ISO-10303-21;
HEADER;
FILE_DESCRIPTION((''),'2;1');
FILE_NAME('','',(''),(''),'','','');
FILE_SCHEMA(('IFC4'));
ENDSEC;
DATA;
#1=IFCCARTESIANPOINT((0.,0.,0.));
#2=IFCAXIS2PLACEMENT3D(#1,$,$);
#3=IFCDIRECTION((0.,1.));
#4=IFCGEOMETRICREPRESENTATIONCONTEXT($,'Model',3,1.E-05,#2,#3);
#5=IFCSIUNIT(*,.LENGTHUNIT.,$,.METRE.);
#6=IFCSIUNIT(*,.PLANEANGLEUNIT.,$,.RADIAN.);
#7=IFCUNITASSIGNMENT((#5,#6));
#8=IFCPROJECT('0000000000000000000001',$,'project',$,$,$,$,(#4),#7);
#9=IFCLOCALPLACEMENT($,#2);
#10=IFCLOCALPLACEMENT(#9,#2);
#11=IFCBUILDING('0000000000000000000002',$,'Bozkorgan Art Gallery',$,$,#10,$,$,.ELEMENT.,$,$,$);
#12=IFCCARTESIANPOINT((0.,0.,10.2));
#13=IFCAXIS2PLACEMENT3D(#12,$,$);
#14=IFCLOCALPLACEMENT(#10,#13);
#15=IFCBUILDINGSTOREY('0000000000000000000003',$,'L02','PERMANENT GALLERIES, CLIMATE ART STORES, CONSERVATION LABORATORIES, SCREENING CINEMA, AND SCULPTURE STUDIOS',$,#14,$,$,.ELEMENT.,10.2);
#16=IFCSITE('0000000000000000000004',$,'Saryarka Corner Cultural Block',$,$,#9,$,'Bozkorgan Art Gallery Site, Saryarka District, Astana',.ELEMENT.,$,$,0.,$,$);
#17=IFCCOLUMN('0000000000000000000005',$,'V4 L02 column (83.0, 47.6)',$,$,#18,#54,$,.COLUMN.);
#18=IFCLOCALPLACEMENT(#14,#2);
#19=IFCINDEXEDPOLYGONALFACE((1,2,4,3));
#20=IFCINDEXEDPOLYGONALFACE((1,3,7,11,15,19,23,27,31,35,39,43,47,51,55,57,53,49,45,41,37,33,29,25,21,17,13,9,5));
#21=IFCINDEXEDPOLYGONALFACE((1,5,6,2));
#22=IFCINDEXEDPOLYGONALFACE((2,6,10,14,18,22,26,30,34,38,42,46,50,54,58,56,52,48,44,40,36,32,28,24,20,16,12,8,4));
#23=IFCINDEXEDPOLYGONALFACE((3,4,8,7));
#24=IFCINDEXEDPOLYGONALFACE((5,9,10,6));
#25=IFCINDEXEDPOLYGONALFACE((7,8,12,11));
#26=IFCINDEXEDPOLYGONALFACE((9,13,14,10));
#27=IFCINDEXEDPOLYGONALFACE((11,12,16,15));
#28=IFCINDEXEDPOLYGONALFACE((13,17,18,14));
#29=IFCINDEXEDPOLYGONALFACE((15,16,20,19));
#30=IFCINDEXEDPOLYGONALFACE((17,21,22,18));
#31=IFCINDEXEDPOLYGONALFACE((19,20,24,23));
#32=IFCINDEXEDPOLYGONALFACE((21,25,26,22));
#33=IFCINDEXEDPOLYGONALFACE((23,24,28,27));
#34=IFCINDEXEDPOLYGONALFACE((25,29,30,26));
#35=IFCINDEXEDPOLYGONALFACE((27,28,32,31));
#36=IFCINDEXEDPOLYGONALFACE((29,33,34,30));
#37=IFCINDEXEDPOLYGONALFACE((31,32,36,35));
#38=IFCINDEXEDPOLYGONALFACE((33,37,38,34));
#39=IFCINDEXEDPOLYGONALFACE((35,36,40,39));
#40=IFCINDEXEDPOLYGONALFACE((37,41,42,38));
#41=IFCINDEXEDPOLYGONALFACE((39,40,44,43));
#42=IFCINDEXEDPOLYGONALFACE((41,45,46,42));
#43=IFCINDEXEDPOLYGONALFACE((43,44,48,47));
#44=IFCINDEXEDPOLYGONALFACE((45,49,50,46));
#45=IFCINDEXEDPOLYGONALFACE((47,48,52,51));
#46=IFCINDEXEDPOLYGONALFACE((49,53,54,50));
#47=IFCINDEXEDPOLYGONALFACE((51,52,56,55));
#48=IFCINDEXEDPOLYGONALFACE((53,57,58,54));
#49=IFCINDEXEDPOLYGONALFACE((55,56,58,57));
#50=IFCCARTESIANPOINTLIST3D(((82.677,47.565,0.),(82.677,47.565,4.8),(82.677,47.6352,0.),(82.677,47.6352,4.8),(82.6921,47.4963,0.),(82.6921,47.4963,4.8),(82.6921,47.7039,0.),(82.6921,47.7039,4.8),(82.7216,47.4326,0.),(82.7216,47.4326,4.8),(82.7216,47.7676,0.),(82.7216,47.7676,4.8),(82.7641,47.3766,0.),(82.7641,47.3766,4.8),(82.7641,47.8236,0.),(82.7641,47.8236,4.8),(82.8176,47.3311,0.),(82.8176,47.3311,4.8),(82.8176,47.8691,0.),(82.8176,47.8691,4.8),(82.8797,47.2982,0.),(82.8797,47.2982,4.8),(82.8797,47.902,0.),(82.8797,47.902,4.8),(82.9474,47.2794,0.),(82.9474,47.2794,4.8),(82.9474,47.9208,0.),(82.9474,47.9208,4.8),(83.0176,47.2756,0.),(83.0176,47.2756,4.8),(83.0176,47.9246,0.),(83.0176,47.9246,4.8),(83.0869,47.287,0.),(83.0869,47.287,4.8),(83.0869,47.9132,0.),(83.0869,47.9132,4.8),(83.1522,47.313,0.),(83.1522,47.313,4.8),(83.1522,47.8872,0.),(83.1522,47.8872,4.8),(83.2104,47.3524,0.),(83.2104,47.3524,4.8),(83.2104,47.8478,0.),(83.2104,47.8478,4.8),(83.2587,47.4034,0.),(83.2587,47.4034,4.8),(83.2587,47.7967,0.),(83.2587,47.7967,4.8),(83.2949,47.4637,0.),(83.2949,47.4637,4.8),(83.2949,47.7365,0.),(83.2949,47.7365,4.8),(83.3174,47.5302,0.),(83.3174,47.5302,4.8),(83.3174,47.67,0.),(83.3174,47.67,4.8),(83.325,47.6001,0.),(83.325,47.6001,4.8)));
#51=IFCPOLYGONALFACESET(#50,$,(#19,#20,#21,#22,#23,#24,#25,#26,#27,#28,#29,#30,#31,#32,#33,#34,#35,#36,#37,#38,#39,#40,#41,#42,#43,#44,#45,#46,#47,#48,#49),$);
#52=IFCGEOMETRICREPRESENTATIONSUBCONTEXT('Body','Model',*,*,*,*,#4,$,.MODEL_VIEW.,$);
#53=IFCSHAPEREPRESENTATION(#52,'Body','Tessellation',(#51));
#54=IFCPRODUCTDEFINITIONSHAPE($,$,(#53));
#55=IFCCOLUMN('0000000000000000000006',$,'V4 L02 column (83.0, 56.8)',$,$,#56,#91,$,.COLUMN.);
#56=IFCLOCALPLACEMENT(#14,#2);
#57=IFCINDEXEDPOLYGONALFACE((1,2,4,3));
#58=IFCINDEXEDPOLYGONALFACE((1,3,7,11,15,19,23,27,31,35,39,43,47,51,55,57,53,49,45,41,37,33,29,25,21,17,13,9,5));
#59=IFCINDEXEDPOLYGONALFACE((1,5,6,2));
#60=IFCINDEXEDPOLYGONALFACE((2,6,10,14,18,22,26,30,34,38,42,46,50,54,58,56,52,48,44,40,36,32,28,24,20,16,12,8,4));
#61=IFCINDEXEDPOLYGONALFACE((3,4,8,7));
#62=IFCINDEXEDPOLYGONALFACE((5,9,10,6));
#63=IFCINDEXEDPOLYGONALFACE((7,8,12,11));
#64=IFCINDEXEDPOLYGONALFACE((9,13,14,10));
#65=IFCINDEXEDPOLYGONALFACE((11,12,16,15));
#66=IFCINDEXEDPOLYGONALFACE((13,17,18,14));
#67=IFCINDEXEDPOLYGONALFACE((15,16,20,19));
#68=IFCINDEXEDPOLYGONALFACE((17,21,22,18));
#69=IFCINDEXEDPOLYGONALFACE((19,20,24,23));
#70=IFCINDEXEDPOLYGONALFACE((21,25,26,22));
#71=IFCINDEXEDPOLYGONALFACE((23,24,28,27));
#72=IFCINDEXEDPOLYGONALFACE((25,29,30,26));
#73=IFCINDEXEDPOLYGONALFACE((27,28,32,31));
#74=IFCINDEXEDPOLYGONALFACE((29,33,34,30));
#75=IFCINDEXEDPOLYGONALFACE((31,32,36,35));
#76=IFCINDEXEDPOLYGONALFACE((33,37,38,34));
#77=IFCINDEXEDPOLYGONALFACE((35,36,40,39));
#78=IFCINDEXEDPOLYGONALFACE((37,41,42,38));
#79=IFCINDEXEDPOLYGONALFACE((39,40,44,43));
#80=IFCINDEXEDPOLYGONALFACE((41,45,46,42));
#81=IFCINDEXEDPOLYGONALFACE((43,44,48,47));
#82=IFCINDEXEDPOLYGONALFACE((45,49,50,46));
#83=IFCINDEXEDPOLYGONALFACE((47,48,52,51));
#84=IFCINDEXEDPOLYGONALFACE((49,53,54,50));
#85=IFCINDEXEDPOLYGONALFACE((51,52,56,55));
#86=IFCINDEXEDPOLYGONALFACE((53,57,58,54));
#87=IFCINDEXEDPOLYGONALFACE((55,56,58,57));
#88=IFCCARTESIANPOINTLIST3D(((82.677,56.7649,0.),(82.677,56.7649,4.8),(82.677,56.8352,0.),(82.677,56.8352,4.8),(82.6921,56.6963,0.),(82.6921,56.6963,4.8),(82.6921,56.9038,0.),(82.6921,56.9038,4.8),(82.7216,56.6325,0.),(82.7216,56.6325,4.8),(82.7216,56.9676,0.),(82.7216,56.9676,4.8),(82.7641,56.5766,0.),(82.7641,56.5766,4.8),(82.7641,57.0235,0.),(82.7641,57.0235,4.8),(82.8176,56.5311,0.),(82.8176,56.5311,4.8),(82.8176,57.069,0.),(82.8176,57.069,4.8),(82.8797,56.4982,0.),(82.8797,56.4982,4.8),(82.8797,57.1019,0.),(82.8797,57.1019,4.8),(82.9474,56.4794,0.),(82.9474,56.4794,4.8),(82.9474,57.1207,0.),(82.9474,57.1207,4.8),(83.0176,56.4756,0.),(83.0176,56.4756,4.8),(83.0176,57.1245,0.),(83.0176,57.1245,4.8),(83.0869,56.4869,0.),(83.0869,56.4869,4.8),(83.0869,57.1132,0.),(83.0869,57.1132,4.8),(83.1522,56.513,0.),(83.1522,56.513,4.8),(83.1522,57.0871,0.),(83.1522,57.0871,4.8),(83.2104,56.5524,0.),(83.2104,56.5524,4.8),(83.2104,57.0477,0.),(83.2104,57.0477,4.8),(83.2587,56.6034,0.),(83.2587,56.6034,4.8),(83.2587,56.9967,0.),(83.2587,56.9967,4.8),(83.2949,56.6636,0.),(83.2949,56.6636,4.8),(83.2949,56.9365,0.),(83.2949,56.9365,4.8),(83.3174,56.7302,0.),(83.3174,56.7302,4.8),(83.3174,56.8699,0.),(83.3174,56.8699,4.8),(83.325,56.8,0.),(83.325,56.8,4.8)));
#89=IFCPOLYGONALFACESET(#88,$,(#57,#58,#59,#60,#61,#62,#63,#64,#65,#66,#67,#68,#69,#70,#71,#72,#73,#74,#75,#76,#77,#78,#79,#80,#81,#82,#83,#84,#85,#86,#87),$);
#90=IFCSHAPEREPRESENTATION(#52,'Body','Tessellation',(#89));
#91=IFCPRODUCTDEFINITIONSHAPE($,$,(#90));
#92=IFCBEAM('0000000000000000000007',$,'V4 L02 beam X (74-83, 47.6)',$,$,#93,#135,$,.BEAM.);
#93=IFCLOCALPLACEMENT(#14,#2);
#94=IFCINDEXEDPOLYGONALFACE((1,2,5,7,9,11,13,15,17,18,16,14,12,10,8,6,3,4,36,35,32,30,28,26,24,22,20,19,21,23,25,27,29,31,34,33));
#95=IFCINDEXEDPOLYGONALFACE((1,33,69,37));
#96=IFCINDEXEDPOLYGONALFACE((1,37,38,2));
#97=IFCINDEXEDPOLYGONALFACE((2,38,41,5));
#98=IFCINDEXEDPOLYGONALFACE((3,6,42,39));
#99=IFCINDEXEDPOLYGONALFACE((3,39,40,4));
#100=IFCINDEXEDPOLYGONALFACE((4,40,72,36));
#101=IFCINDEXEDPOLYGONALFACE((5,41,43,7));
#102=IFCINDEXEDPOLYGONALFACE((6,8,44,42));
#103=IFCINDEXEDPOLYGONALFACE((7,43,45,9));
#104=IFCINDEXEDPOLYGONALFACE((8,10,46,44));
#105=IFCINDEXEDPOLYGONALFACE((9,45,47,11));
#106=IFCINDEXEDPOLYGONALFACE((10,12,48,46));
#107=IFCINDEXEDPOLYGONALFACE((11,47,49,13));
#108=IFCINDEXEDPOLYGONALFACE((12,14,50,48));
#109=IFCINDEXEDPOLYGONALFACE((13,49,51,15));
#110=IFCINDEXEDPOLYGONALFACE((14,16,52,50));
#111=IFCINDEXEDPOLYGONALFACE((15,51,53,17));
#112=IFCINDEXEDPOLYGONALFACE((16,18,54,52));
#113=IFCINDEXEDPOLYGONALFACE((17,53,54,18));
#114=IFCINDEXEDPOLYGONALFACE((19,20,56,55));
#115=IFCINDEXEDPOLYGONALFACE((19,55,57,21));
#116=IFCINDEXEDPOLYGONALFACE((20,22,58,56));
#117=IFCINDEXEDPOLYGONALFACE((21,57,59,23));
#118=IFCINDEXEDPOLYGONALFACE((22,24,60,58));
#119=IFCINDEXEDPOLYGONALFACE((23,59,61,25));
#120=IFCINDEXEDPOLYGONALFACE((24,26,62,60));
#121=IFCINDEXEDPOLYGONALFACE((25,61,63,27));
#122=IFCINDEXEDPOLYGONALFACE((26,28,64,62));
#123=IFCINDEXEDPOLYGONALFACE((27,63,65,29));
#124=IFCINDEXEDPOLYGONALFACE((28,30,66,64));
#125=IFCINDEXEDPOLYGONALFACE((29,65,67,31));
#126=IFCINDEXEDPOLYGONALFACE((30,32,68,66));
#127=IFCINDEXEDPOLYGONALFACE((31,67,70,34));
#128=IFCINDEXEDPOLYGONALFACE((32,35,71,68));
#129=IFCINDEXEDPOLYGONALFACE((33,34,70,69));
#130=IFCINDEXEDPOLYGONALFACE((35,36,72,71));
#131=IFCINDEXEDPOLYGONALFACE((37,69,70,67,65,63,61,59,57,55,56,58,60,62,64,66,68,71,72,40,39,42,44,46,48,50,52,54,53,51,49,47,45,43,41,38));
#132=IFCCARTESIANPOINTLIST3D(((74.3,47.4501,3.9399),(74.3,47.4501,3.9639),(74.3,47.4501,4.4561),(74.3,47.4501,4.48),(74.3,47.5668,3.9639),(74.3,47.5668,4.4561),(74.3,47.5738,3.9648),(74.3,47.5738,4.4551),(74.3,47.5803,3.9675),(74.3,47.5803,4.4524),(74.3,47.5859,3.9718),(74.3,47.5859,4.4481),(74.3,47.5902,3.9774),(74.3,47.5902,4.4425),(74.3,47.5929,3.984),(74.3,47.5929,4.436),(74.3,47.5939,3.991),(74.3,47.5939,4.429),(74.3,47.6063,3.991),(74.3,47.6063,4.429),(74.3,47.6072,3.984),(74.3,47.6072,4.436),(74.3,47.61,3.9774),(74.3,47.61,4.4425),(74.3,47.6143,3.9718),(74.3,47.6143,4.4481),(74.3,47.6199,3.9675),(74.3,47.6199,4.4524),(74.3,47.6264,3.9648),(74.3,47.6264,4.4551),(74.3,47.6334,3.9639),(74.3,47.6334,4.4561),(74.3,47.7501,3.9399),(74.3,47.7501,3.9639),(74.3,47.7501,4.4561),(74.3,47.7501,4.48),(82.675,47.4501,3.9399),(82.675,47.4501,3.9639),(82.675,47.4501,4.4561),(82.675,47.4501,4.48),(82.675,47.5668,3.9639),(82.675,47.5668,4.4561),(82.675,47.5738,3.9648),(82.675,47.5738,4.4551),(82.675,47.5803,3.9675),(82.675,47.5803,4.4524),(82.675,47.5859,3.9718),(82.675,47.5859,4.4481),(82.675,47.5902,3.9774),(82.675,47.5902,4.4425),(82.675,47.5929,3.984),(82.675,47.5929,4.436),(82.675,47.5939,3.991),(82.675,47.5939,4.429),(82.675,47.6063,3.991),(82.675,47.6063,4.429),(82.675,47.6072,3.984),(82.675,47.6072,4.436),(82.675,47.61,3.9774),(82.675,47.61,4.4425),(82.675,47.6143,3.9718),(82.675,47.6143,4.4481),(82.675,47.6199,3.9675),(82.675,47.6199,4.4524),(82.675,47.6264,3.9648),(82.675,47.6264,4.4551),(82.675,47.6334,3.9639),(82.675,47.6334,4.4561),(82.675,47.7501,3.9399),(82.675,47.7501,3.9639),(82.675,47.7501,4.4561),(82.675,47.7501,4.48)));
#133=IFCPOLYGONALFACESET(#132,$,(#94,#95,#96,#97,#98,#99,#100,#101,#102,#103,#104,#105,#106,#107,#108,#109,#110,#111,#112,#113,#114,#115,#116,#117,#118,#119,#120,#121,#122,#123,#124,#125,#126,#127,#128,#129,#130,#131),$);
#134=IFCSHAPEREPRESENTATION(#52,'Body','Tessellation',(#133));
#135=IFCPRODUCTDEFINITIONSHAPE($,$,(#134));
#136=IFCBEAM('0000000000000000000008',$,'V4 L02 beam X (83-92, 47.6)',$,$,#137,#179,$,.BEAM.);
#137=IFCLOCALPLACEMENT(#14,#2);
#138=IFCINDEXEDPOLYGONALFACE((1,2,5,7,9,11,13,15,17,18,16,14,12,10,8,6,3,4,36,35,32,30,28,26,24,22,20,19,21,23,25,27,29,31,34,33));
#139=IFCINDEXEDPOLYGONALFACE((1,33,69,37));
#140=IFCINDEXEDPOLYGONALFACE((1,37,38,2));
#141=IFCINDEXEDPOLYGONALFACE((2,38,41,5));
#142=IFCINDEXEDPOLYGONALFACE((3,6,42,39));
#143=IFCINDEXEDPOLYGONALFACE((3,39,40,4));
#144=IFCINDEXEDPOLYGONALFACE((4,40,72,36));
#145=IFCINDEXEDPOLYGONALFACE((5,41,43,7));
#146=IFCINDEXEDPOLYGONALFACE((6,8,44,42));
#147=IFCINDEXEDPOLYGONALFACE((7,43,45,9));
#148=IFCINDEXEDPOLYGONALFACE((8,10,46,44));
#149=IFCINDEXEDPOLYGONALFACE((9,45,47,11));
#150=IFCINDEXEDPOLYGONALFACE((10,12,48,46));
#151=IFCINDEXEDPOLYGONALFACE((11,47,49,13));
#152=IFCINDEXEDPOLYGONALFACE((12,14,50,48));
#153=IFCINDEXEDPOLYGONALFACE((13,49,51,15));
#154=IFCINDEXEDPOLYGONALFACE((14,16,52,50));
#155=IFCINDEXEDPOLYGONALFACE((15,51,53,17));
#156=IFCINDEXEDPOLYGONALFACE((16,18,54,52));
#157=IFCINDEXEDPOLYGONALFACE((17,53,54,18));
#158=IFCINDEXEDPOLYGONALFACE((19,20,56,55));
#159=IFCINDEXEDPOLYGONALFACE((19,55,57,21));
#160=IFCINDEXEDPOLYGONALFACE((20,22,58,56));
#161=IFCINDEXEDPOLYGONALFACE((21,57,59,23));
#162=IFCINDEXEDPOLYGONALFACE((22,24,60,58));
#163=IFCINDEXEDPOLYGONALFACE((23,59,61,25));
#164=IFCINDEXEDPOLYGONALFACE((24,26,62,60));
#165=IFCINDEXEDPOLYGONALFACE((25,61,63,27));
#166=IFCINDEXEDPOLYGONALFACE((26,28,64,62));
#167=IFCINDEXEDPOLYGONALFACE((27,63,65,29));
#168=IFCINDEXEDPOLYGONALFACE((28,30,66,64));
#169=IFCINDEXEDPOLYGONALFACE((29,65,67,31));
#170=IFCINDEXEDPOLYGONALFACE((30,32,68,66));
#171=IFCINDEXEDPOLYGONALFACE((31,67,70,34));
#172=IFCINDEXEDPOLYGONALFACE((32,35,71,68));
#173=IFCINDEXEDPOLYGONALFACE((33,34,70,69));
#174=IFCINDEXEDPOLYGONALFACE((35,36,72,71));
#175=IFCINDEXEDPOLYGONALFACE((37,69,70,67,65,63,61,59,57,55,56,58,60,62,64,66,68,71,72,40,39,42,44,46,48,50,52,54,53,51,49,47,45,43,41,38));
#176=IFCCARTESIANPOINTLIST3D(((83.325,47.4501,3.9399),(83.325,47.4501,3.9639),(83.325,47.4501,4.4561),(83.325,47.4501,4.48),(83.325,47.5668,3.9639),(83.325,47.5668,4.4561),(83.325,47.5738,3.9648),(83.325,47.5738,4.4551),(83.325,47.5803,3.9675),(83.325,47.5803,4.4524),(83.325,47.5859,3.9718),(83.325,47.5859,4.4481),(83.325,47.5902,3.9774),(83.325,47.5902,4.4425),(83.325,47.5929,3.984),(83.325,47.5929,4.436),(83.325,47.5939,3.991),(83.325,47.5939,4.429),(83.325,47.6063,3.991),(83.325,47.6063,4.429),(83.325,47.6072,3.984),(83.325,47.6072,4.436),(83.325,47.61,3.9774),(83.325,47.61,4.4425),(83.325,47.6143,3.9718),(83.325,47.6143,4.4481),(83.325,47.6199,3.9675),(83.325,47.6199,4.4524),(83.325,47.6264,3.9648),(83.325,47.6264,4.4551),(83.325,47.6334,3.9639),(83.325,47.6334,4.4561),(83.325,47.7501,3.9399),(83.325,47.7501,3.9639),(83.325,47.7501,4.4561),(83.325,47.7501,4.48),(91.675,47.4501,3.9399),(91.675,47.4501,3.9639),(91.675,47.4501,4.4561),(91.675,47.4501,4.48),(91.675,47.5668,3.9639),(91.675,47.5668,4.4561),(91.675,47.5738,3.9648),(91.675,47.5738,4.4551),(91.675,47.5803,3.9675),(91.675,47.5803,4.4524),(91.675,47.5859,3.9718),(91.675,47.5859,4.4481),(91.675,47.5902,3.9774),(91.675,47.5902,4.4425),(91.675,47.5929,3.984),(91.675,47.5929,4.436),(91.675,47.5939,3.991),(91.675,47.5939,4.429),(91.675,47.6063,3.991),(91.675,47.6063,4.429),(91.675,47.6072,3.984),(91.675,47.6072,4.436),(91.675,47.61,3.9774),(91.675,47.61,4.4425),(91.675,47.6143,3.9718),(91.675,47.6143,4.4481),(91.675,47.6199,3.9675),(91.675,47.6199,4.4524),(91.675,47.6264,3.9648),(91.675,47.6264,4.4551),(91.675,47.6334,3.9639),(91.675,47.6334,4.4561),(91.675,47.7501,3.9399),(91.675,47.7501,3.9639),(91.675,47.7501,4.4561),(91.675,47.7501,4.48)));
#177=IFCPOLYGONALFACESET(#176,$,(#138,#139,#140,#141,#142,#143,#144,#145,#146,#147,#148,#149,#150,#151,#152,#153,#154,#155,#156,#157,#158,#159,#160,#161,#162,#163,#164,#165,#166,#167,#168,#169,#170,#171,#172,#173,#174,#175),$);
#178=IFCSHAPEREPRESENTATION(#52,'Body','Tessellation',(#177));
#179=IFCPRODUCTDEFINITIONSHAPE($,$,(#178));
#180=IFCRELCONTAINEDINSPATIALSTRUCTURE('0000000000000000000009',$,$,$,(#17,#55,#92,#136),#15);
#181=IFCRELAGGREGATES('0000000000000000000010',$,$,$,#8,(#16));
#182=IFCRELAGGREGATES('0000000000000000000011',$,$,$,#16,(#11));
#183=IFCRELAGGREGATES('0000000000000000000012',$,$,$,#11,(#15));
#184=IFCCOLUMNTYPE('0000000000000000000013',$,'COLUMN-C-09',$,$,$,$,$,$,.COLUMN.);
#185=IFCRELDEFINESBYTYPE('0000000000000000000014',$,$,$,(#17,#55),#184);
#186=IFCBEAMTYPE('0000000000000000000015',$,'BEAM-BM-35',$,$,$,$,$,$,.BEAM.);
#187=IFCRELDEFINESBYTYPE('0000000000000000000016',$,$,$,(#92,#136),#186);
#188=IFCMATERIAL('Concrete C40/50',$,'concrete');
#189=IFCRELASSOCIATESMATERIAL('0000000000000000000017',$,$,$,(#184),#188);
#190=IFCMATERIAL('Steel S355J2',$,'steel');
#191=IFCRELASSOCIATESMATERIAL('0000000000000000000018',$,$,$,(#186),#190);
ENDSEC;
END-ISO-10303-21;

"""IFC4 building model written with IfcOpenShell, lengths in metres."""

from ifc_helpers import new_model, si_unit, direction, frame, origin, origin_2d, place, context, subcontext, project, spatial, circle, i_section, extrude, material, material_profile, profile_set, type_object, element, save


model = new_model("IFC4")

# Units and contexts
model_context = context("Model", 3, precision=1e-05, world=origin(), true_north=direction((0.0, 1.0)))
body_context = subcontext(model_context, "Body", "Model", "MODEL_VIEW")
ifc_project = project(units=[si_unit("LENGTHUNIT", "METRE"), si_unit("PLANEANGLEUNIT", "RADIAN")], contexts=[model_context])

# Site, building, storey
site_placement = place(None, origin())
site = spatial("IfcSite", under=ifc_project, at=site_placement, Name="Saryarka Corner Cultural Block", LongName="Bozkorgan Art Gallery Site, Saryarka District, Astana", CompositionType="ELEMENT", RefElevation=0.0)
building_placement = place(site_placement, origin())
building = spatial("IfcBuilding", under=site, at=building_placement, Name="Bozkorgan Art Gallery", CompositionType="ELEMENT")
storey_placement = place(building_placement, frame((0.0, 0.0, 10.2)))
storey = spatial("IfcBuildingStorey", under=building, at=storey_placement, Name="L02", Description="PERMANENT GALLERIES, CLIMATE ART STORES, CONSERVATION LABORATORIES, SCREENING CINEMA, AND SCULPTURE STUDIOS", CompositionType="ELEMENT", Elevation=10.2)

# Columns
ifc_material_1 = material(Name="Concrete C40/50", Category="concrete")
ifc_material_profile_1 = material_profile(ifc_material_1, circle(Radius=0.325, at=origin_2d()), Name="RC D650")
ifc_profile_set_1 = profile_set([ifc_material_profile_1], Name="Concrete C40/50")
column_type = type_object("IfcColumnType", Name="COLUMN-C-09", PredefinedType="COLUMN", material=ifc_profile_set_1)
for number, where, z_axis, x_axis, name in (
    (1, (83.0, 47.6001, 0.0), (0.0, 0.0, 1.0), (1.0, 0.0, 0.0), "V4 L02 column (83.0, 47.6)"),
    (2, (83.0, 56.8, 0.0), (0.0, 0.0, 1.0), (1.0, 0.0, 0.0), "V4 L02 column (83.0, 56.8)"),
):
    element("IfcColumn", number, at=place(storey_placement, frame(where, z_axis=z_axis, x_axis=x_axis)), inside=storey, type_object=column_type, Name=name, PredefinedType="COLUMN", context=body_context, shape_type="SweptSolid", body=[
        extrude(circle(Radius=0.325, at=origin_2d()), origin(), (0.0, 0.0, 1.0), 4.8),
    ])

# Beams
ifc_material_2 = material(Name="Steel S355J2", Category="steel")
ifc_material_profile_2 = material_profile(ifc_material_2, i_section(OverallWidth=0.3, OverallDepth=0.54, WebThickness=0.0125, FlangeThickness=0.0239, FilletRadius=0.0271, at=origin_2d()), Name="HEA 550")
ifc_profile_set_2 = profile_set([ifc_material_profile_2], Name="Steel S355J2")
beam_type_1 = type_object("IfcBeamType", Name="BEAM-BM-35", PredefinedType="BEAM", material=ifc_profile_set_2)
beam_1_placement = place(storey_placement, frame((74.3, 47.6001, 4.21), z_axis=(1.0, 0.0, 0.0), x_axis=(0.0, 1.0, 0.0)))
element("IfcBeam", 3, at=beam_1_placement, inside=storey, type_object=beam_type_1, Name="V4 L02 beam X (74-83, 47.6)", PredefinedType="BEAM", context=body_context, shape_type="SweptSolid", body=[
    extrude(i_section(OverallWidth=0.3, OverallDepth=0.54, WebThickness=0.0125, FlangeThickness=0.0239, FilletRadius=0.0271, at=origin_2d()), origin(), (0.0, 0.0, 1.0), 8.375),
])
beam_2_placement = place(storey_placement, frame((83.325, 47.6001, 4.21), z_axis=(1.0, 0.0, 0.0), x_axis=(0.0, 1.0, 0.0)))
element("IfcBeam", 4, at=beam_2_placement, inside=storey, type_object=beam_type_1, Name="V4 L02 beam X (83-92, 47.6)", PredefinedType="BEAM", context=body_context, shape_type="SweptSolid", body=[
    extrude(i_section(OverallWidth=0.3, OverallDepth=0.54, WebThickness=0.0125, FlangeThickness=0.0239, FilletRadius=0.0271, at=origin_2d()), origin(), (0.0, 0.0, 1.0), 8.3501),
])

save(model, "model.ifc")
